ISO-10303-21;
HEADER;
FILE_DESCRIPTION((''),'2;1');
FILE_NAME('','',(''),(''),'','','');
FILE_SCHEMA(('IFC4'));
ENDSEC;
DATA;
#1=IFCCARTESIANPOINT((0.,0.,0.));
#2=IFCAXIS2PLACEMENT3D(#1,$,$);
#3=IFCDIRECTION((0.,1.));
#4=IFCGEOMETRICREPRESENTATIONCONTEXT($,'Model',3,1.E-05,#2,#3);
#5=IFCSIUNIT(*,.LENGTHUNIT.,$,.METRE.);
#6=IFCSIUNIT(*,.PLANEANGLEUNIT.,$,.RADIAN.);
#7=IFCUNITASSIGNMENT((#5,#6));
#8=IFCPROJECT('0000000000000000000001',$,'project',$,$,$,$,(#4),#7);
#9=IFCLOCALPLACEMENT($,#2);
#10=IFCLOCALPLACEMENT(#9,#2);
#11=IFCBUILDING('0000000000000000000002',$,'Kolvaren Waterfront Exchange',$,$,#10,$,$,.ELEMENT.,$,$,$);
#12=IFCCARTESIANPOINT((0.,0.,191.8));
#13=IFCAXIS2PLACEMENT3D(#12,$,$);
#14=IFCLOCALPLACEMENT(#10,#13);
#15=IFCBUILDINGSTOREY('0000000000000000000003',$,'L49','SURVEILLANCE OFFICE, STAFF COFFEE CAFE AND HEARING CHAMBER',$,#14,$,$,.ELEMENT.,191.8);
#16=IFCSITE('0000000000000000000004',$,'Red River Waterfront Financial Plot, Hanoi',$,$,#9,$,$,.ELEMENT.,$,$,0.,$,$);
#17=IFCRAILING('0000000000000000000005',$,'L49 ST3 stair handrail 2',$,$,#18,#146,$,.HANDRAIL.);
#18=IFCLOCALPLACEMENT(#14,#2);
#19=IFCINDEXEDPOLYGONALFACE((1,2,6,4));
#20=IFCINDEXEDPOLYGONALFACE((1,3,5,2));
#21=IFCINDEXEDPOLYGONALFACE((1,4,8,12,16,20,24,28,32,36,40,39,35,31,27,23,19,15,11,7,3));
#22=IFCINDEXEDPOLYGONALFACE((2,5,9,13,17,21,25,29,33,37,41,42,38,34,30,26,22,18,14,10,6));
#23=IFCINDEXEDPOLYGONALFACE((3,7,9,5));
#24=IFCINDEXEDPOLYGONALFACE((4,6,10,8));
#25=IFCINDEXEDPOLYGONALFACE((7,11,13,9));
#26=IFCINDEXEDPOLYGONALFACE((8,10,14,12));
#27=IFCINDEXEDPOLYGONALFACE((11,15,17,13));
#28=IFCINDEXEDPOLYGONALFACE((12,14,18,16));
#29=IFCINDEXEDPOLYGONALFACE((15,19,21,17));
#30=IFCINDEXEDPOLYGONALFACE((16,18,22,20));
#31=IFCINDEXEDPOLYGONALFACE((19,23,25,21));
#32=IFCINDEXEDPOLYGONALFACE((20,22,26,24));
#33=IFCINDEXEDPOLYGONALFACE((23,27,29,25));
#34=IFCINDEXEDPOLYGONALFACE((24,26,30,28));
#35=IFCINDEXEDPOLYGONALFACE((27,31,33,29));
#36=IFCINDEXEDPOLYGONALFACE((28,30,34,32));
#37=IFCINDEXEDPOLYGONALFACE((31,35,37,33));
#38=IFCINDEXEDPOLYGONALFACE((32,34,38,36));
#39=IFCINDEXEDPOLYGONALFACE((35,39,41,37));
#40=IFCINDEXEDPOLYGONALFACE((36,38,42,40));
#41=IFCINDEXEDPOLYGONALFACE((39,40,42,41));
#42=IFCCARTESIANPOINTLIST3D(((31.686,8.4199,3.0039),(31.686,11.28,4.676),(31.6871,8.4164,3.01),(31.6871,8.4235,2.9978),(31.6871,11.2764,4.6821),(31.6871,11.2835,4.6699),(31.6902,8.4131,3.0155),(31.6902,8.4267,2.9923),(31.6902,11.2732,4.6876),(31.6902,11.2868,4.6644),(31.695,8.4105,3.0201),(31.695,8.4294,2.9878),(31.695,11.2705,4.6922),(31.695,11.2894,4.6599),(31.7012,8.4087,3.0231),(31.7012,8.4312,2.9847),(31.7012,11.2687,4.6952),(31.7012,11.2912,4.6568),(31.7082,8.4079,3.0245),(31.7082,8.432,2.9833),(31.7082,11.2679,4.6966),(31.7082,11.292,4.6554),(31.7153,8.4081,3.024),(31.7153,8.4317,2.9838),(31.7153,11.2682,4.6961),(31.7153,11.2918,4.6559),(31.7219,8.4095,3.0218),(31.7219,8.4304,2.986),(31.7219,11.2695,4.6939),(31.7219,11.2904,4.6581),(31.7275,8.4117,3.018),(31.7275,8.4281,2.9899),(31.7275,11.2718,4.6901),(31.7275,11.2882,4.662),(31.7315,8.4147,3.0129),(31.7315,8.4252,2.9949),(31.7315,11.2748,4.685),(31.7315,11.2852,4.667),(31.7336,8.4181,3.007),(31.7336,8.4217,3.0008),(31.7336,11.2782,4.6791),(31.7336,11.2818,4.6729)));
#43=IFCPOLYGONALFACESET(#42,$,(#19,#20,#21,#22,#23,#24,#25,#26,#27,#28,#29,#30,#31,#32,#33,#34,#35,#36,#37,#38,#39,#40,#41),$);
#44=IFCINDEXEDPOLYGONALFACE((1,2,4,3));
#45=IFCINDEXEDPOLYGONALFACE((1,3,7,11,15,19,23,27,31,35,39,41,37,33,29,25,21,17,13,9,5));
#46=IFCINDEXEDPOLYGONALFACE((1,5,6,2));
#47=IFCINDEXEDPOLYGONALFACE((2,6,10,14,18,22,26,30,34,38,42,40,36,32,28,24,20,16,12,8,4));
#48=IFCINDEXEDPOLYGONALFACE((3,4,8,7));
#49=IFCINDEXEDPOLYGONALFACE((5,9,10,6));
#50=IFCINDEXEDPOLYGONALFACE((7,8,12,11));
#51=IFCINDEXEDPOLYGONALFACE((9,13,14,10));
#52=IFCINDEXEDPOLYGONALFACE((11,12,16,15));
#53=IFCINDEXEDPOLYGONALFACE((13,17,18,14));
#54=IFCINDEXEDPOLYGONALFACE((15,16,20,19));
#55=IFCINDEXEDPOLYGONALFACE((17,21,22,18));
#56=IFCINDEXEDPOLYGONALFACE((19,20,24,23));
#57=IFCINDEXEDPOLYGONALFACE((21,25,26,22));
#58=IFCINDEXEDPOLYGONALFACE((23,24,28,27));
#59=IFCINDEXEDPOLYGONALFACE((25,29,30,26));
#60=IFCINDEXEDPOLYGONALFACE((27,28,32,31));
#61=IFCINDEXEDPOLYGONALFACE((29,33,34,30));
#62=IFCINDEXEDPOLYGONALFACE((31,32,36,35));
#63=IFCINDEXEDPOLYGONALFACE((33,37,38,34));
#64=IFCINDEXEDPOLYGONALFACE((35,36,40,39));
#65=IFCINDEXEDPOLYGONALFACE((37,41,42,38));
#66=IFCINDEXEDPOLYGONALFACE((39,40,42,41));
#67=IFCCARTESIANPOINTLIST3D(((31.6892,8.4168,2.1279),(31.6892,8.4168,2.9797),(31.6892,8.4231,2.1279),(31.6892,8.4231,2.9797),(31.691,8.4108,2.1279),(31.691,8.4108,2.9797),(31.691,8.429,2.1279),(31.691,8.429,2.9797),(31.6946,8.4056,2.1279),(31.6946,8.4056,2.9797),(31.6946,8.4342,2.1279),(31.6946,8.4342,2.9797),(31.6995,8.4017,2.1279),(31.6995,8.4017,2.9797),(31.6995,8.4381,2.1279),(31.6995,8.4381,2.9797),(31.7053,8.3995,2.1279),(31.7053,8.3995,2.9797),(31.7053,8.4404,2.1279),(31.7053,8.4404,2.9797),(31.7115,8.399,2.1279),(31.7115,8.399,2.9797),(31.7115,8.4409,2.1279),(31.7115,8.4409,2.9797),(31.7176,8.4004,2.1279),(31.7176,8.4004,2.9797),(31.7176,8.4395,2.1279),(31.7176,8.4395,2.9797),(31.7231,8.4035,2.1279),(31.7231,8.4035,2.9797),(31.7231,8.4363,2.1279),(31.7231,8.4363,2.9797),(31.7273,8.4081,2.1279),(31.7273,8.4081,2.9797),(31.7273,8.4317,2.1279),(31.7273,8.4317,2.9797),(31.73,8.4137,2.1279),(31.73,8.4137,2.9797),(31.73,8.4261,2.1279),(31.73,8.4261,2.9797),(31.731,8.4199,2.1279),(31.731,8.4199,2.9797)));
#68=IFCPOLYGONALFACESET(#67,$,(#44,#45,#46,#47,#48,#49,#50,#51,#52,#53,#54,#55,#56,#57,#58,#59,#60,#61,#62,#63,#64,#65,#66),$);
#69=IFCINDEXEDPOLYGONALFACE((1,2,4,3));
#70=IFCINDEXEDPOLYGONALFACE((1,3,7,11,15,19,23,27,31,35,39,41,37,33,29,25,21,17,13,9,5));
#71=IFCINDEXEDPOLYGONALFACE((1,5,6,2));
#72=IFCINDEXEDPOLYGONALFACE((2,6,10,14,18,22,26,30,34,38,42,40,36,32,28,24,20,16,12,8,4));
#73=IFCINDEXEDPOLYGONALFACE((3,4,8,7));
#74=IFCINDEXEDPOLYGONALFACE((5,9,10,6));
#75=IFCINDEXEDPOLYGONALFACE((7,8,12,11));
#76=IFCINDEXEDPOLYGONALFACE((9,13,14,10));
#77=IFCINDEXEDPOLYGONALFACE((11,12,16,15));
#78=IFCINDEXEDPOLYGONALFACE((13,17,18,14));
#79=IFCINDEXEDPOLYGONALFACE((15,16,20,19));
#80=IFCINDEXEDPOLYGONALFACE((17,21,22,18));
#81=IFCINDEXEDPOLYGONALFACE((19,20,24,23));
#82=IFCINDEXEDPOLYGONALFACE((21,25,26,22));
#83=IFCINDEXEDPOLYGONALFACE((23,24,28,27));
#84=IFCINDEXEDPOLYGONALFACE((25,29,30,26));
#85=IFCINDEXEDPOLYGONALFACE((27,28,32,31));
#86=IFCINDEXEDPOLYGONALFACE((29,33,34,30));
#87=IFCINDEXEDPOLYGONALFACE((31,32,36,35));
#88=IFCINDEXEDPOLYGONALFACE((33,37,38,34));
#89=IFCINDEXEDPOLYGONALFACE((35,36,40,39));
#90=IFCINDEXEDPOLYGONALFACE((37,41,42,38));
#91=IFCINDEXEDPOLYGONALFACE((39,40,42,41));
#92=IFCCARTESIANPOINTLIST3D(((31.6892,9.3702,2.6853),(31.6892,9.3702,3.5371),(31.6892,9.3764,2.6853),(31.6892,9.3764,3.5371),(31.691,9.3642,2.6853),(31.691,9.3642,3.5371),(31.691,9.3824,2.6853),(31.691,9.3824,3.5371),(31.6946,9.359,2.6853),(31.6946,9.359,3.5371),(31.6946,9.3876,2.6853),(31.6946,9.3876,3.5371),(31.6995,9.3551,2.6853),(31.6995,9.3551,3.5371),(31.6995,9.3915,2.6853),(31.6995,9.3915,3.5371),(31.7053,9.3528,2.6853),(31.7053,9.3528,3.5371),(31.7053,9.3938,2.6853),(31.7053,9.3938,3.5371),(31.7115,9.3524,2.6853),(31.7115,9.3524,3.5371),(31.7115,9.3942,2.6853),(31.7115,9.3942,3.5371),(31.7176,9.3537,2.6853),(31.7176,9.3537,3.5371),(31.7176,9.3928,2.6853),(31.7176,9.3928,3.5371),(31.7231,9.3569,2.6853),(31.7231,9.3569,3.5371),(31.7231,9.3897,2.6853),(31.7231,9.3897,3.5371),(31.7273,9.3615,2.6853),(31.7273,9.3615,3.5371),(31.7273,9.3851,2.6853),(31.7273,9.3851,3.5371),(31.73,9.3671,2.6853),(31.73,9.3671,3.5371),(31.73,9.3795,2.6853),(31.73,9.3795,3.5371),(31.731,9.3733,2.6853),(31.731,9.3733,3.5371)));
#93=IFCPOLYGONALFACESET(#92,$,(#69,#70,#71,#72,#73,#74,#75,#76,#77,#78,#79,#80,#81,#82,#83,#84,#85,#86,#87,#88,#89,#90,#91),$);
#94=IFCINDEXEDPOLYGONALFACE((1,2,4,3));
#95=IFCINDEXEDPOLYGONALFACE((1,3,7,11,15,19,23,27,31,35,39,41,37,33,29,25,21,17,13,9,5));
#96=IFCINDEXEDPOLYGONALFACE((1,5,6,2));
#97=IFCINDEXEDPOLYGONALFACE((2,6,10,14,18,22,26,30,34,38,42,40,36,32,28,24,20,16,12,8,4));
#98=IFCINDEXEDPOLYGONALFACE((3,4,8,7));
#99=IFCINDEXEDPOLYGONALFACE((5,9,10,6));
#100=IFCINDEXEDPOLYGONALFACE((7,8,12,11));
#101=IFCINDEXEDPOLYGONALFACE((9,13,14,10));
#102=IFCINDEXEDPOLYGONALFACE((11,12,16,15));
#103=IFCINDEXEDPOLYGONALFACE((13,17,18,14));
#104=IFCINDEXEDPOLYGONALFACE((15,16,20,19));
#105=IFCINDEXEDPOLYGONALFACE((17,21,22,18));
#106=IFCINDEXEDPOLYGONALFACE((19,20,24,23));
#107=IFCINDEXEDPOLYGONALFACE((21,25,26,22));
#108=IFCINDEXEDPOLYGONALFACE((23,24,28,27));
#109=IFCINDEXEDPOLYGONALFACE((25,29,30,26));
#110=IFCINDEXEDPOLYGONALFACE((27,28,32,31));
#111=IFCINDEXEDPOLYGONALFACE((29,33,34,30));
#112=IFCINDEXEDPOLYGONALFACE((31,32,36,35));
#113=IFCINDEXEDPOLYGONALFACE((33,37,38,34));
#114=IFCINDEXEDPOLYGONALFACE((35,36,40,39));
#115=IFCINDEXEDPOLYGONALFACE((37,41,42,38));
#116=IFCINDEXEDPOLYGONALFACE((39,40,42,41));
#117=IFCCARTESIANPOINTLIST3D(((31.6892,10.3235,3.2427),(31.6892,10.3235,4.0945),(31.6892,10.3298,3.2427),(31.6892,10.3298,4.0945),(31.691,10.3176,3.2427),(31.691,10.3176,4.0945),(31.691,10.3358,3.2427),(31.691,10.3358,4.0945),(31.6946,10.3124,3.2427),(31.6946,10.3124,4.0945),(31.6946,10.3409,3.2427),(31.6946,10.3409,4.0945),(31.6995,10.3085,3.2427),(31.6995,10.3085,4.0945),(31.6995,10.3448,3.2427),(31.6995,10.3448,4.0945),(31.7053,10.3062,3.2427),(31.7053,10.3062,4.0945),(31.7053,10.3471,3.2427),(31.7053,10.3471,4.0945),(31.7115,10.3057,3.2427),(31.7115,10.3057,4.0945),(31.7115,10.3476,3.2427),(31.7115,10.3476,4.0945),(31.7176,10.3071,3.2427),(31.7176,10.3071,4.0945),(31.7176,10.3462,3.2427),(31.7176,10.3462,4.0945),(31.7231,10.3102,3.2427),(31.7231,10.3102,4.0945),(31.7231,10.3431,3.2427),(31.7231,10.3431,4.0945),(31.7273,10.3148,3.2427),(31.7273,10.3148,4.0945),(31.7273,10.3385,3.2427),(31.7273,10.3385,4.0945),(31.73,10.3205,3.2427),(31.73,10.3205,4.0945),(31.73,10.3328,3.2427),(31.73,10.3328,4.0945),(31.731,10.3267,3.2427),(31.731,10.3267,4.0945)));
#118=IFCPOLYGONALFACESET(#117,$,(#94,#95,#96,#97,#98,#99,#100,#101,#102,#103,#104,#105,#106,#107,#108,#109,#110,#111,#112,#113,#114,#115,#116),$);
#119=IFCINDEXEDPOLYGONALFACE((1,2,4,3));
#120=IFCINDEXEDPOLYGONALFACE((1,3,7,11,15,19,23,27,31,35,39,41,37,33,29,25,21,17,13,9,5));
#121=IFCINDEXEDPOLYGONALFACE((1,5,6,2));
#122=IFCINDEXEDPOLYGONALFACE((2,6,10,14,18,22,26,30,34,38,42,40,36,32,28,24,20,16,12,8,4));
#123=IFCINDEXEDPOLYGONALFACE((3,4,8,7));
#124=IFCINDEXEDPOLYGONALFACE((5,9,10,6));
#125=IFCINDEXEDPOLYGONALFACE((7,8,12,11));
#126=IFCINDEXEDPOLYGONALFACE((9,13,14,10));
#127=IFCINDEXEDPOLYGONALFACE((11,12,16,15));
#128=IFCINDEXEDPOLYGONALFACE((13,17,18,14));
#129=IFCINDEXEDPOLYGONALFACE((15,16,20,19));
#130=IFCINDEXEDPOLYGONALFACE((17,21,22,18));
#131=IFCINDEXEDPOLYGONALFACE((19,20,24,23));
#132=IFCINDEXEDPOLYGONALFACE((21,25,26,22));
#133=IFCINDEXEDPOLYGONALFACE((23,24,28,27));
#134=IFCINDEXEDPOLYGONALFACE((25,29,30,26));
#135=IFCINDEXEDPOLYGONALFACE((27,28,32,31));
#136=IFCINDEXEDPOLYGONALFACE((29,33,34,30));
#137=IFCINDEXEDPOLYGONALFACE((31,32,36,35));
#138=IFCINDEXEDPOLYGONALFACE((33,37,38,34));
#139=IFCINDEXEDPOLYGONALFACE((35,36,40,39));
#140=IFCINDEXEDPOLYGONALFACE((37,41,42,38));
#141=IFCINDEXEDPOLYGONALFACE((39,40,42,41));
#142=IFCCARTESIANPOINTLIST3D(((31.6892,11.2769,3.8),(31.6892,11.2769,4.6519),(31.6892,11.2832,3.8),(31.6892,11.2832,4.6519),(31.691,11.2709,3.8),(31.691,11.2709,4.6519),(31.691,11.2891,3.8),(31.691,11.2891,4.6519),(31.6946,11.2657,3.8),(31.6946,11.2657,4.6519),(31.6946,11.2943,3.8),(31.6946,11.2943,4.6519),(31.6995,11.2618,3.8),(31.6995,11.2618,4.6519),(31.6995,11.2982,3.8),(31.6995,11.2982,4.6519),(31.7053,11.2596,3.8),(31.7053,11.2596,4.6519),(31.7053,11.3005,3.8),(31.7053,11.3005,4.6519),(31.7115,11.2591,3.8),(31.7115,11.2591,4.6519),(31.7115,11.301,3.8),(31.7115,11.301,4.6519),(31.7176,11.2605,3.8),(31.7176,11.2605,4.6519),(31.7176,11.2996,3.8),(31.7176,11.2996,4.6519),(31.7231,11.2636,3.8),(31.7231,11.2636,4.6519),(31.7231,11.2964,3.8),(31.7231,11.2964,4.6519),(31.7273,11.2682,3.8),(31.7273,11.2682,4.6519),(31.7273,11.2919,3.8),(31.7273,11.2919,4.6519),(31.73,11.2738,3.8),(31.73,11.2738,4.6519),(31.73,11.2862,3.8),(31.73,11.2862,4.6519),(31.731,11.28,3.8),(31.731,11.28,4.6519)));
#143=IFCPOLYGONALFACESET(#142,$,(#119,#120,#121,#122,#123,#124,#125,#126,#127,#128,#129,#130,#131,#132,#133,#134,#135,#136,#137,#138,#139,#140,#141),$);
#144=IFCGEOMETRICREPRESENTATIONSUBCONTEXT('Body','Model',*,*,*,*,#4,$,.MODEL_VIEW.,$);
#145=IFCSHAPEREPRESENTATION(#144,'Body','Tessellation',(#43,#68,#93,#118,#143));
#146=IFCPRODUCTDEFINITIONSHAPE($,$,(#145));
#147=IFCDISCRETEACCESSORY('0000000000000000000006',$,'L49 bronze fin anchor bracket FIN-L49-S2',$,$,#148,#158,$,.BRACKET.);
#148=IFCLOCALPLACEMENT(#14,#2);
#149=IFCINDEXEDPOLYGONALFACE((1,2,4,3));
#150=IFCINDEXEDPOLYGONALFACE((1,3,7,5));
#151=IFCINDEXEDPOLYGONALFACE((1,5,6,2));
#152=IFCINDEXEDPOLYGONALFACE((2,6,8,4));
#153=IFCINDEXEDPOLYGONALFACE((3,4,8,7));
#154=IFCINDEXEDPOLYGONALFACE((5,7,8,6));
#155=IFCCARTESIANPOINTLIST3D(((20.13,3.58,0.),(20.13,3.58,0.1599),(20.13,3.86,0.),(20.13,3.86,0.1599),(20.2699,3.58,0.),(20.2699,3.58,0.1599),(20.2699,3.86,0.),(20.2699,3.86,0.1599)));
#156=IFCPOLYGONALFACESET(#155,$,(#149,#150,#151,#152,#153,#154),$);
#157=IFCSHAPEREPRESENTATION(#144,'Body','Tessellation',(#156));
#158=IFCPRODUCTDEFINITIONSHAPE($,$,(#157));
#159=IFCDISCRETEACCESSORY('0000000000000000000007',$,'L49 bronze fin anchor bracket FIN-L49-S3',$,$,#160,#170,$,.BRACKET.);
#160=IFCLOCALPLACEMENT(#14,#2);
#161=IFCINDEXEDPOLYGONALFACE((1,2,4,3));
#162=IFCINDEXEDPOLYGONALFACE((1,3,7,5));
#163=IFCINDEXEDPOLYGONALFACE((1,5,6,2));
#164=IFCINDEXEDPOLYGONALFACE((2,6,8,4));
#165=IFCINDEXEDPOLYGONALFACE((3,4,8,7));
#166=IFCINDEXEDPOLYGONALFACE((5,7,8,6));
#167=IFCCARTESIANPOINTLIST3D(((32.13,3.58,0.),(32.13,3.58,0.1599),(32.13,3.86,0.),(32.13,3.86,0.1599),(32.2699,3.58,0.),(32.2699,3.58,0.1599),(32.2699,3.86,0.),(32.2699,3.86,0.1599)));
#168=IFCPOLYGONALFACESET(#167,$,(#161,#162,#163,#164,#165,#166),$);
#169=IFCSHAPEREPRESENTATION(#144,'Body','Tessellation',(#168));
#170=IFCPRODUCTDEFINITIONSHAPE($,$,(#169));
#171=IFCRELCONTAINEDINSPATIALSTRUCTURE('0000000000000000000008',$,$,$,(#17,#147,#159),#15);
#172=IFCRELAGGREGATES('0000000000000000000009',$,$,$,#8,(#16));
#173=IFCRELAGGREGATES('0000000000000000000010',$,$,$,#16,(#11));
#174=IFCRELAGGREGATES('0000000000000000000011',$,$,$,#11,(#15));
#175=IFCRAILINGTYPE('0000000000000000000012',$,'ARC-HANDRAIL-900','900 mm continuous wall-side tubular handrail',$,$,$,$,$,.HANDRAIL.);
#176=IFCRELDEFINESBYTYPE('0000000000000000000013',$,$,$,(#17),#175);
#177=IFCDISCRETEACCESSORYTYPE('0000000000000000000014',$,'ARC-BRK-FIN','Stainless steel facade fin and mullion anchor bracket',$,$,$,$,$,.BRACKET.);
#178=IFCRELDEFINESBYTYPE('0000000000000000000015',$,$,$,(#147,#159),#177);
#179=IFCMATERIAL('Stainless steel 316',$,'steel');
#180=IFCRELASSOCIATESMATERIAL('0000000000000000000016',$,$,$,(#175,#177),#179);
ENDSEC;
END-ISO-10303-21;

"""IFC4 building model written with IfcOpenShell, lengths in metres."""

from ifc_helpers import new_model, si_unit, direction, frame, origin, origin_with_axes, origin_2d, place, context, subcontext, project, spatial, rectangle, circle, extrude, source, transform, mapped, material, type_object, element, save


model = new_model("IFC4")

# Units and contexts
model_context = context("Model", 3, precision=1e-05, world=origin(), true_north=direction((0.0, 1.0)))
body_context = subcontext(model_context, "Body", "Model", "MODEL_VIEW")
ifc_project = project(units=[si_unit("LENGTHUNIT", "METRE"), si_unit("PLANEANGLEUNIT", "RADIAN")], contexts=[model_context])

# Site, building, storey
site_placement = place(None, origin())
site = spatial("IfcSite", under=ifc_project, at=site_placement, Name="Red River Waterfront Financial Plot, Hanoi", CompositionType="ELEMENT", RefElevation=0.0)
building_placement = place(site_placement, origin())
building = spatial("IfcBuilding", under=site, at=building_placement, Name="Kolvaren Waterfront Exchange", CompositionType="ELEMENT")
storey_placement = place(building_placement, frame((0.0, 0.0, 191.8)))
storey = spatial("IfcBuildingStorey", under=building, at=storey_placement, Name="L49", Description="SURVEILLANCE OFFICE, STAFF COFFEE CAFE AND HEARING CHAMBER", CompositionType="ELEMENT", Elevation=191.8)

# Railing
ifc_material_1 = material(Name="Stainless steel 316", Category="steel")
railing_type_1 = type_object("IfcRailingType", Name="ARC-HANDRAIL-900", Description="900 mm continuous wall-side tubular handrail", PredefinedType="HANDRAIL", material=ifc_material_1)
railing_1_placement = place(storey_placement, frame((31.71, 8.4199, 2.1279)))
element("IfcRailing", 1, at=railing_1_placement, inside=storey, type_object=railing_type_1, Name="L49 ST3 stair handrail 2", PredefinedType="HANDRAIL", context=body_context, shape_type="SweptSolid", body=[
    extrude(circle(Radius=0.0239, at=origin_2d()), frame((0.0, 0.0, 0.876), z_axis=(0.0, 0.863289, 0.504709), x_axis=(-1.0, 0.0, 0.0)), (0.0, 0.0, 1.0), 3.313),
    extrude(circle(Radius=0.021, at=origin_2d()), origin(), (0.0, 0.0, 1.0), 0.8518),
    extrude(circle(Radius=0.021, at=origin_2d()), frame((0.0, 0.9534, 0.5574)), (0.0, 0.0, 1.0), 0.8518),
    extrude(circle(Radius=0.021, at=origin_2d()), frame((0.0, 1.9067, 1.1147)), (0.0, 0.0, 1.0), 0.8518),
    extrude(circle(Radius=0.021, at=origin_2d()), frame((0.0, 2.8601, 1.6721)), (0.0, 0.0, 1.0), 0.8518),
])

# Discrete accessories
discrete_accessory_type = type_object("IfcDiscreteAccessoryType", Name="ARC-BRK-FIN", Description="Stainless steel facade fin and mullion anchor bracket", PredefinedType="BRACKET", material=ifc_material_1)
shared_shape_1 = source(origin_with_axes(), body_context, "Body", "SweptSolid", [
    extrude(rectangle(XDim=0.28, YDim=0.1399, at=origin_2d()), origin(), (0.0, 0.0, 1.0), 0.1599),
])
for number, where, z_axis, x_axis, name in (
    (2, (20.2, 3.72, 0.0), (0.0, 0.0, 1.0), (0.0, -1.0, 0.0), "L49 bronze fin anchor bracket FIN-L49-S2"),
    (3, (32.2, 3.72, 0.0), (0.0, 0.0, 1.0), (0.0, -1.0, 0.0), "L49 bronze fin anchor bracket FIN-L49-S3"),
):
    element("IfcDiscreteAccessory", number, at=place(storey_placement, frame(where, z_axis=z_axis, x_axis=x_axis)), inside=storey, type_object=discrete_accessory_type, Name=name, PredefinedType="BRACKET", context=body_context, shape_type="MappedRepresentation", body=[
        mapped(shared_shape_1, transform((0.0, 0.0, 0.0), x_axis=(1.0, 0.0, 0.0), y_axis=(0.0, 1.0, 0.0), z_axis=(0.0, 0.0, 1.0), scale=1.0)),
    ])

save(model, "model.ifc")
